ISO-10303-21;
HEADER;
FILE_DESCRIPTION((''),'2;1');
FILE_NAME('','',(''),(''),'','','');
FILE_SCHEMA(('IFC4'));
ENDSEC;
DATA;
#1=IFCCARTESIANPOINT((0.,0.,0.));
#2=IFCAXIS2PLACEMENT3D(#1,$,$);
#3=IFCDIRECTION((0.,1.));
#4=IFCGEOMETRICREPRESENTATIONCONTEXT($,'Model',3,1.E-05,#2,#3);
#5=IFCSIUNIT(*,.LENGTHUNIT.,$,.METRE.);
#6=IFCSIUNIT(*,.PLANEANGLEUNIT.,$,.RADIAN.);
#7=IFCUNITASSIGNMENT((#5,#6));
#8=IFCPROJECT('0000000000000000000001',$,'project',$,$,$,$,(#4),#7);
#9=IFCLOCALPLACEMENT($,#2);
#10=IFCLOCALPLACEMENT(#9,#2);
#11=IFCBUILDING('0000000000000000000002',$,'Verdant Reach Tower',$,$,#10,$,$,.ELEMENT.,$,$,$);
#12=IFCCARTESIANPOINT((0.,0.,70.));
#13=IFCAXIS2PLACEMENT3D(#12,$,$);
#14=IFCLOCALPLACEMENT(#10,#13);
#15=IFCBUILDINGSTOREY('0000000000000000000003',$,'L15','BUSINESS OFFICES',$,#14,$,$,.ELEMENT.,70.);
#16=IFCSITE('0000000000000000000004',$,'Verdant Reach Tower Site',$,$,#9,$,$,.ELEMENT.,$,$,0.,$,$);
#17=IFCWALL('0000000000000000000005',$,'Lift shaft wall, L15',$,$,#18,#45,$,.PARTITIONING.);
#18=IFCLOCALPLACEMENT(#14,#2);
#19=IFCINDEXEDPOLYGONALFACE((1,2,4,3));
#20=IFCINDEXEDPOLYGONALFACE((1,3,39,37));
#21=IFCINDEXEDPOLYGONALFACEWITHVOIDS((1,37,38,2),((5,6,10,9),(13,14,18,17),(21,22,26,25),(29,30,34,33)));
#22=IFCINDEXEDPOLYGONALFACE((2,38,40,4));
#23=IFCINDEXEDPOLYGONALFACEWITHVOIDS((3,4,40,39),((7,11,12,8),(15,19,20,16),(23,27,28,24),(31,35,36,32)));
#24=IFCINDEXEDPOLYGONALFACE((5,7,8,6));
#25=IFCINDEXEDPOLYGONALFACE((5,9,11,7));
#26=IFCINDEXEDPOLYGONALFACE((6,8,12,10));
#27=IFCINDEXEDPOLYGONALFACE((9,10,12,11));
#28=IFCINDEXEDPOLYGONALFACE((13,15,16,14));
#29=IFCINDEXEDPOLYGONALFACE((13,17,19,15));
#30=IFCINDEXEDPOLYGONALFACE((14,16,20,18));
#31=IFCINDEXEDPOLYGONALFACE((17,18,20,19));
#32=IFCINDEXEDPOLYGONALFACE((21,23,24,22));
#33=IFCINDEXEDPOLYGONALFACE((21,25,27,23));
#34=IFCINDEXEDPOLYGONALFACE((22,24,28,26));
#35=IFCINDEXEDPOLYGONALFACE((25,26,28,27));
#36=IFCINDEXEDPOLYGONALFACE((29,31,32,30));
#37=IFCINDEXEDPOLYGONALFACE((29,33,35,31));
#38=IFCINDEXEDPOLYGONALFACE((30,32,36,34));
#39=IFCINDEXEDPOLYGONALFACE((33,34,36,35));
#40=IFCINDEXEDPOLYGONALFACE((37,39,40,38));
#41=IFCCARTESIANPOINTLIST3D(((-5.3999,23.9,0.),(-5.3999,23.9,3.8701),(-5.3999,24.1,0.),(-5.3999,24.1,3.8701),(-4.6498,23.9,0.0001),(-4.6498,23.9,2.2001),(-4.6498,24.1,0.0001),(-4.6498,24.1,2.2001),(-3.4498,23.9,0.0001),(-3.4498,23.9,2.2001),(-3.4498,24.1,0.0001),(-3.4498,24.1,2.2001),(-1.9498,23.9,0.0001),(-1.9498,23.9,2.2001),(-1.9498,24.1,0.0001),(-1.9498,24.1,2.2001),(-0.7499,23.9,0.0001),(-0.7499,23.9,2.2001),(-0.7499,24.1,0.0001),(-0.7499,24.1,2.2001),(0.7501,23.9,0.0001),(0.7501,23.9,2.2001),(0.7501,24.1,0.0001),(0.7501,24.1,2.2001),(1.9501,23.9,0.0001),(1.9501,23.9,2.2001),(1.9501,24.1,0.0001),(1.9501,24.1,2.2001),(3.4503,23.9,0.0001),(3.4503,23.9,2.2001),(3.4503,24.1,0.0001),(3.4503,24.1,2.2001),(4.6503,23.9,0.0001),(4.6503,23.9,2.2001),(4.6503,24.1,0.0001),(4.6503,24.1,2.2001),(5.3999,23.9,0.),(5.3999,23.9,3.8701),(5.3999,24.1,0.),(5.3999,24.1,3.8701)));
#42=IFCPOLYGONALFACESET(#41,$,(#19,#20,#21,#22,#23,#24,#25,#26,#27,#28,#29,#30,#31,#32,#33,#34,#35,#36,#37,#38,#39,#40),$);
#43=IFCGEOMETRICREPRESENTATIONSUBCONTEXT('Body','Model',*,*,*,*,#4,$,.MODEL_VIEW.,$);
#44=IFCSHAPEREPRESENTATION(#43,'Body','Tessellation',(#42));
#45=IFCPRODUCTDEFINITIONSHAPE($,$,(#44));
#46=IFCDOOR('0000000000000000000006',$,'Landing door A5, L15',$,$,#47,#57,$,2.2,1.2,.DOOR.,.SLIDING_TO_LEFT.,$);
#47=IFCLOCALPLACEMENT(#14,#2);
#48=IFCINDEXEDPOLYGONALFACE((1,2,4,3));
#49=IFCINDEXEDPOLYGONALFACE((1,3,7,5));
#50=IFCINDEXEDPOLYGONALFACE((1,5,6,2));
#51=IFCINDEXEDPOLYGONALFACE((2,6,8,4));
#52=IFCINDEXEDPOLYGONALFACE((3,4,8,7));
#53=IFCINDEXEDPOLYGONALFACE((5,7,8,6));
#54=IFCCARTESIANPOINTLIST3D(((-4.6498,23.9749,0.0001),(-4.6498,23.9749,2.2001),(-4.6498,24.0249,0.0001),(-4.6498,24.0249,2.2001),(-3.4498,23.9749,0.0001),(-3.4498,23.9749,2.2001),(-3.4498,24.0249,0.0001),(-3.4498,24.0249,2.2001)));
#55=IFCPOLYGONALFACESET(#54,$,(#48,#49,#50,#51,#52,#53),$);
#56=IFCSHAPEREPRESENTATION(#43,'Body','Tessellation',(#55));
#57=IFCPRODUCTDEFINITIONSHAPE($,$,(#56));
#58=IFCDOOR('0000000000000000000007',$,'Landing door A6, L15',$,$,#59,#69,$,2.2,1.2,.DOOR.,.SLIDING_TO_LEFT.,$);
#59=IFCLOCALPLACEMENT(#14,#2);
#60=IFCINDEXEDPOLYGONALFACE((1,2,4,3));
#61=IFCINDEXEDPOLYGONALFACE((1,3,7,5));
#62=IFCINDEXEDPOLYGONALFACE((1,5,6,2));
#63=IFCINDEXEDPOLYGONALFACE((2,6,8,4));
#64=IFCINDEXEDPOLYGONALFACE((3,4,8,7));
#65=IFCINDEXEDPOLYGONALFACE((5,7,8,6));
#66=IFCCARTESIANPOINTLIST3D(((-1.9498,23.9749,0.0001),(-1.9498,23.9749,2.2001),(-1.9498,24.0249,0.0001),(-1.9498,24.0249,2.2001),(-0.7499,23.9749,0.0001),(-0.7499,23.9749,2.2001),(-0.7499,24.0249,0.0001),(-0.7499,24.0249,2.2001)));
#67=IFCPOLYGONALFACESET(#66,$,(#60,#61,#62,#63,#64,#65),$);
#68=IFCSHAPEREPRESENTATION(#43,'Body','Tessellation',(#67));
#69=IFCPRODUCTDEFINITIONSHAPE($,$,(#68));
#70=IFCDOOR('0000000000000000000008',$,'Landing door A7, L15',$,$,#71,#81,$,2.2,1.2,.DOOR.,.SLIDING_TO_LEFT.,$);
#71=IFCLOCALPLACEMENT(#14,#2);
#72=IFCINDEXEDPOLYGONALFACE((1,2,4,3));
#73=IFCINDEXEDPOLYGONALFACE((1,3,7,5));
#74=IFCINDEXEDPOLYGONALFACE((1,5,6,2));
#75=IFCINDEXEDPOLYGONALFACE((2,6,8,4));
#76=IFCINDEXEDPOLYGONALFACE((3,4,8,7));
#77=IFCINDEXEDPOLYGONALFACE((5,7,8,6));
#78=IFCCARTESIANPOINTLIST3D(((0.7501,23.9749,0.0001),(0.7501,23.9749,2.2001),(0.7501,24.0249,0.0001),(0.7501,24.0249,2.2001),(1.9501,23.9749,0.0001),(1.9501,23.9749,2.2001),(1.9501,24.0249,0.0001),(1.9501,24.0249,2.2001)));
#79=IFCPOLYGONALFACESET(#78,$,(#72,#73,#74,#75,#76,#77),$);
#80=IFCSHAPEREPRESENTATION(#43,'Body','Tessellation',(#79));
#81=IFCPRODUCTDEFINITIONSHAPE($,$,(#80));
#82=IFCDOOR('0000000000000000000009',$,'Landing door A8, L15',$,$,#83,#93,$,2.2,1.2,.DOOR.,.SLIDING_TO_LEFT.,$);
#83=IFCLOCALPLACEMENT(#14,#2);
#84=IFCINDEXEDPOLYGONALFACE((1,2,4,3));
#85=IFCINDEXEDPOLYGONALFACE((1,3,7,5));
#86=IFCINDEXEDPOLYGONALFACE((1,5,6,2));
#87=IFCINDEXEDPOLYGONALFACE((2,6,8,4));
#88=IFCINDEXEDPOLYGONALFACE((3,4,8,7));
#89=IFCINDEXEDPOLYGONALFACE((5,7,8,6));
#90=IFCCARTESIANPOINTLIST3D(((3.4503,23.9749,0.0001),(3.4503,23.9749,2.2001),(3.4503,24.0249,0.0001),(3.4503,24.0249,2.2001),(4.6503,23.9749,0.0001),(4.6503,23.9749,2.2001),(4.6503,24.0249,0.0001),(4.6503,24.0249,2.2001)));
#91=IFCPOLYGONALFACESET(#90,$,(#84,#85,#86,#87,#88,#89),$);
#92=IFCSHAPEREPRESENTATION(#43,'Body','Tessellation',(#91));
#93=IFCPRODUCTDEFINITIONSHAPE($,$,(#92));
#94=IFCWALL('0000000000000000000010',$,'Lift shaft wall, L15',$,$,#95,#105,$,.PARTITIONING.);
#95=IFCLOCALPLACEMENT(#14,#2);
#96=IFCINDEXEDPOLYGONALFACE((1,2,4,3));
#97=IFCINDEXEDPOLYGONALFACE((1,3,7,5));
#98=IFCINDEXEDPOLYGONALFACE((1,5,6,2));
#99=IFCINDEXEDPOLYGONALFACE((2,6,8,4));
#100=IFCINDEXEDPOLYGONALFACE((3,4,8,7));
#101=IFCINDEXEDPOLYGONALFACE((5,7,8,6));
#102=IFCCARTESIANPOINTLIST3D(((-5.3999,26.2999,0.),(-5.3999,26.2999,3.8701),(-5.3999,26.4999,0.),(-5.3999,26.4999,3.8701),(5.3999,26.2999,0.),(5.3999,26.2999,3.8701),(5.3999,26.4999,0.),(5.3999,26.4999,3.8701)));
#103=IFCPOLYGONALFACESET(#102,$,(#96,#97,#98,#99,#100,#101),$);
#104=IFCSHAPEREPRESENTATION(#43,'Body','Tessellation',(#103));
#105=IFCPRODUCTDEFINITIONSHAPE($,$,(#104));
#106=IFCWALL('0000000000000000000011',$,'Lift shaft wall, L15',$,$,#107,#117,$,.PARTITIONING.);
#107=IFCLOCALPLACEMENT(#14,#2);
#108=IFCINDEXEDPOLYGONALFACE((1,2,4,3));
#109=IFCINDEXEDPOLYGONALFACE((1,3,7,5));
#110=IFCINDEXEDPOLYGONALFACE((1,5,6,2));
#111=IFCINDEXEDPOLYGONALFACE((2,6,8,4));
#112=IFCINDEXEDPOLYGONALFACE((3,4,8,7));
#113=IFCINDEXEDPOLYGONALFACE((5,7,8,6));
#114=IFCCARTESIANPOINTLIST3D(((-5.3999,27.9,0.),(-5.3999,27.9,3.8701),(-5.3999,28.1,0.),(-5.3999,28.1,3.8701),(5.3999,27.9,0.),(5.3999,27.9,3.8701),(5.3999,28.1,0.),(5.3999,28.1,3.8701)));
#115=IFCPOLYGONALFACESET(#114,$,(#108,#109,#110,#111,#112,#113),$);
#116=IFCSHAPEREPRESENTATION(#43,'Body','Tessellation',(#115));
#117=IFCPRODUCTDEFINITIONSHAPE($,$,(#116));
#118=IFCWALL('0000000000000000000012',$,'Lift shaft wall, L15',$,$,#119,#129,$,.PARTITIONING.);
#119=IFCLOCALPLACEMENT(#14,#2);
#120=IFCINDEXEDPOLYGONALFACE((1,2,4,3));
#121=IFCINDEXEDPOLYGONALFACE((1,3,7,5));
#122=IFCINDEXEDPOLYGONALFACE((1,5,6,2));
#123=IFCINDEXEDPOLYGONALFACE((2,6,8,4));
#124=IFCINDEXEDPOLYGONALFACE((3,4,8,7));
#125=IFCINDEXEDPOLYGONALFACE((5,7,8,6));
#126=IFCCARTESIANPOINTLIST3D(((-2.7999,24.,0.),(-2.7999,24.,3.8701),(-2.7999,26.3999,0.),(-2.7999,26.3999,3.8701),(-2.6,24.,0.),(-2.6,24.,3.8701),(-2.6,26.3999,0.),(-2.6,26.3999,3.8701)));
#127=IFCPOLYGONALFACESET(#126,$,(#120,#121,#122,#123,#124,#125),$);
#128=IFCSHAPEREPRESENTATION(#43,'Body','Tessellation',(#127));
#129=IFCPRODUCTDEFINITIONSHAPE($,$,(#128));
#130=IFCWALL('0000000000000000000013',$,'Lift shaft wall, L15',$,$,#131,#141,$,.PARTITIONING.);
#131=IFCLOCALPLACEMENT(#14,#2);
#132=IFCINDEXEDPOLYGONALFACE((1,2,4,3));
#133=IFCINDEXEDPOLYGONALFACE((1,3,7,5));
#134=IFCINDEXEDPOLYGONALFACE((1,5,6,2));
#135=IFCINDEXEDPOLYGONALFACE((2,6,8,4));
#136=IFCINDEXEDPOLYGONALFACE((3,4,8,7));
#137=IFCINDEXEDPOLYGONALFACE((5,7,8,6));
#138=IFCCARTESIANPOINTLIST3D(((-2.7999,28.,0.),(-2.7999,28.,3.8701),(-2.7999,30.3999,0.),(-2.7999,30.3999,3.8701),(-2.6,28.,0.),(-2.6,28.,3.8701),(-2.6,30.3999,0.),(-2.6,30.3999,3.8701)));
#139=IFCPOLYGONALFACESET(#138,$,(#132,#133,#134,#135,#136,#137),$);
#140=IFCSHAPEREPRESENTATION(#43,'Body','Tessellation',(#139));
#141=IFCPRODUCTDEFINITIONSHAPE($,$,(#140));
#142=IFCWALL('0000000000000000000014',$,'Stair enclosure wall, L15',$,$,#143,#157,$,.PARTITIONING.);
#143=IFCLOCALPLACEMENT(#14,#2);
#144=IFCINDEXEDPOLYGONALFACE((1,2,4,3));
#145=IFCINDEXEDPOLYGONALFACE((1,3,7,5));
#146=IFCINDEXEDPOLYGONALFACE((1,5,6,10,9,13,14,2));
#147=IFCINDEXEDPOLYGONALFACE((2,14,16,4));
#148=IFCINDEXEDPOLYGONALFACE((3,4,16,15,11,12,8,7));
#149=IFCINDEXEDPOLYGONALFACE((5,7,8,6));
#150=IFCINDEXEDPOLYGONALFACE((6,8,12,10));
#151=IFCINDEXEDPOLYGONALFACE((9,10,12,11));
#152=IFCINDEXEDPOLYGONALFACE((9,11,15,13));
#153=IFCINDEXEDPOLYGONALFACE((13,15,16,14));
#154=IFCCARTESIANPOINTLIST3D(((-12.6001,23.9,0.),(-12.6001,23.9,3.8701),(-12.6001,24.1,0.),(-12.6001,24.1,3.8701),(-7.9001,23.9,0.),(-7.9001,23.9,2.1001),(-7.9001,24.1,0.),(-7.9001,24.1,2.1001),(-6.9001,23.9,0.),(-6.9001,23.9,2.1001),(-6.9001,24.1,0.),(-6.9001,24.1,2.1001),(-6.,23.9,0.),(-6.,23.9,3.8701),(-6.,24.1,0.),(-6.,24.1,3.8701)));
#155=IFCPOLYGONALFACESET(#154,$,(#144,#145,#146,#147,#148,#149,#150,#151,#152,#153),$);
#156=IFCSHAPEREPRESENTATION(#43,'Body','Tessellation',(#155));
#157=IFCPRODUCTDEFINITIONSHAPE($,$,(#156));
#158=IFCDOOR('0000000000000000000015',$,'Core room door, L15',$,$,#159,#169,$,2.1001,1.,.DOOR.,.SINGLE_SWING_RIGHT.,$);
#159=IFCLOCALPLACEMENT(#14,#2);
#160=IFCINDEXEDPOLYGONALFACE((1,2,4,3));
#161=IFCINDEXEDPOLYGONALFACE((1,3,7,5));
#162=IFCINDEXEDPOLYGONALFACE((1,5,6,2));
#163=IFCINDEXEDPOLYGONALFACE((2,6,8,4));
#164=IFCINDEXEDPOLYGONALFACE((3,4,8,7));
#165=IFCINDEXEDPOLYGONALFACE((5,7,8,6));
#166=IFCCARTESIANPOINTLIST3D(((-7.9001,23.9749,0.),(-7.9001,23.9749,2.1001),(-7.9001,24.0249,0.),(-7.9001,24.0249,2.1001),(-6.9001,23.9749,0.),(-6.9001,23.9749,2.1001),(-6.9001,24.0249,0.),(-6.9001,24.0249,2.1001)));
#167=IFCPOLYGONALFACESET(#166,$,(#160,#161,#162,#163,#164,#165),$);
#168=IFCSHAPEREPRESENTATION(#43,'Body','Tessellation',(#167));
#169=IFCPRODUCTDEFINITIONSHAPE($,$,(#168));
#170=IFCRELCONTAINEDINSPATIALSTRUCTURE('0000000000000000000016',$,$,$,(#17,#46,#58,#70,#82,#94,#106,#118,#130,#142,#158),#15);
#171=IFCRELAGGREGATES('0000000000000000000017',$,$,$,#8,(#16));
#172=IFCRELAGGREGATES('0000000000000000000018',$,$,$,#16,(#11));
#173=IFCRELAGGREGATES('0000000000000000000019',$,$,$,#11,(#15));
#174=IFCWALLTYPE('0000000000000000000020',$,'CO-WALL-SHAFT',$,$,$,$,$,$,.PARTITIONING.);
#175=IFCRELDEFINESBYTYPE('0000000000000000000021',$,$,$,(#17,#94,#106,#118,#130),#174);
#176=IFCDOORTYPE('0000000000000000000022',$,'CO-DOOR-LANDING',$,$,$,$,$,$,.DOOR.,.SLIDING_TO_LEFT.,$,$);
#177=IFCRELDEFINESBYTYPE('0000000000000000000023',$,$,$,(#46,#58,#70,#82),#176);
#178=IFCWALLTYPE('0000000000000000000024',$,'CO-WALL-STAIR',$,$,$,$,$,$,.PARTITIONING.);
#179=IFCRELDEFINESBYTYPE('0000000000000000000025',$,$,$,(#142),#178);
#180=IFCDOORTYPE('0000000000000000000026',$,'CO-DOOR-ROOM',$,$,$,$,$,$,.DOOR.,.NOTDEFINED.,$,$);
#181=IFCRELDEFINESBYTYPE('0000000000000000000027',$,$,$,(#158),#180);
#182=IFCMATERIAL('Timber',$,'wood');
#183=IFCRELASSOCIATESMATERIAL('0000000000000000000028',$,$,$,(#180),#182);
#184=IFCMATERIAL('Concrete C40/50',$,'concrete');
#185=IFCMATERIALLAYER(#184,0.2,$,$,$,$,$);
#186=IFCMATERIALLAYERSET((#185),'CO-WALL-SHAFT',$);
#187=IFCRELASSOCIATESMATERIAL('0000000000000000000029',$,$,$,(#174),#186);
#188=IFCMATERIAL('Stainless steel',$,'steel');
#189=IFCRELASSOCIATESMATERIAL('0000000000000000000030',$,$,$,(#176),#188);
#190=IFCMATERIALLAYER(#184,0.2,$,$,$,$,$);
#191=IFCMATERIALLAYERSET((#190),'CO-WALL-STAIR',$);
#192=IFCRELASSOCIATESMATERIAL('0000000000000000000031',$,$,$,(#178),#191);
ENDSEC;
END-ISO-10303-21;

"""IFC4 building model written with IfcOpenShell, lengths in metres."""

from ifc_helpers import new_model, si_unit, direction, frame, frame_2d, origin, place, context, subcontext, project, spatial, rectangle, extrude, material, layer, layer_set, type_object, element, fill, save


model = new_model("IFC4")

# Units and contexts
model_context = context("Model", 3, precision=1e-05, world=origin(), true_north=direction((0.0, 1.0)))
body_context = subcontext(model_context, "Body", "Model", "MODEL_VIEW")
ifc_project = project(units=[si_unit("LENGTHUNIT", "METRE"), si_unit("PLANEANGLEUNIT", "RADIAN")], contexts=[model_context])

# Site, building, storey
site_placement = place(None, origin())
site = spatial("IfcSite", under=ifc_project, at=site_placement, Name="Verdant Reach Tower Site", CompositionType="ELEMENT", RefElevation=0.0)
building_placement = place(site_placement, origin())
building = spatial("IfcBuilding", under=site, at=building_placement, Name="Verdant Reach Tower", CompositionType="ELEMENT")
storey_placement = place(building_placement, frame((0.0, 0.0, 70.0)))
storey = spatial("IfcBuildingStorey", under=building, at=storey_placement, Name="L15", Description="BUSINESS OFFICES", CompositionType="ELEMENT", Elevation=70.0)

# Wall, openings, doors
ifc_material_1 = material(Name="Timber", Category="wood")
door_type_1 = type_object("IfcDoorType", Name="CO-DOOR-ROOM", OperationType="NOTDEFINED", PredefinedType="DOOR", material=ifc_material_1)
ifc_material_2 = material(Name="Concrete C40/50", Category="concrete")
ifc_layer_1 = layer(ifc_material_2, 0.2)
ifc_layer_set_1 = layer_set([ifc_layer_1], Name="CO-WALL-SHAFT")
wall_type_1 = type_object("IfcWallType", Name="CO-WALL-SHAFT", PredefinedType="PARTITIONING", material=ifc_layer_set_1)
ifc_material_3 = material(Name="Stainless steel", Category="steel")
door_type_2 = type_object("IfcDoorType", Name="CO-DOOR-LANDING", OperationType="SLIDING_TO_LEFT", PredefinedType="DOOR", material=ifc_material_3)
wall_1_placement = place(storey_placement, frame((-5.3999, 24.0, 0.0), z_axis=(0.0, 0.0, 1.0), x_axis=(1.0, 0.0, 0.0)))
wall_1 = element("IfcWall", 1, at=wall_1_placement, inside=storey, type_object=wall_type_1, Name="Lift shaft wall, L15", PredefinedType="PARTITIONING", context=body_context, shape_type="SweptSolid", body=[
    extrude(rectangle(XDim=10.7998, YDim=0.2, at=frame_2d((5.3999, 0.0))), origin(), (0.0, 0.0, 1.0), 3.8701),
])
opening_1_placement = place(wall_1_placement, frame((0.75, 0.0, 0.0)))
opening_1 = element("IfcOpeningElement", 2, at=opening_1_placement, cuts=wall_1, PredefinedType="OPENING", context=body_context, shape_type="SweptSolid", body=[
    extrude(rectangle(XDim=1.2, YDim=2.2, at=frame_2d((0.6001, 1.1001))), frame((0.0, 0.1099, 0.0), z_axis=(0.0, -1.0, 0.0), x_axis=(1.0, 0.0, 0.0)), (0.0, 0.0, 1.0), 0.22),
])
opening_2_placement = place(wall_1_placement, frame((3.45, 0.0, 0.0)))
opening_2 = element("IfcOpeningElement", 3, at=opening_2_placement, cuts=wall_1, PredefinedType="OPENING", context=body_context, shape_type="SweptSolid", body=[
    extrude(rectangle(XDim=1.2, YDim=2.2, at=frame_2d((0.6001, 1.1001))), frame((0.0, 0.1099, 0.0), z_axis=(0.0, -1.0, 0.0), x_axis=(1.0, 0.0, 0.0)), (0.0, 0.0, 1.0), 0.22),
])
opening_3_placement = place(wall_1_placement, frame((6.1499, 0.0, 0.0)))
opening_3 = element("IfcOpeningElement", 4, at=opening_3_placement, cuts=wall_1, PredefinedType="OPENING", context=body_context, shape_type="SweptSolid", body=[
    extrude(rectangle(XDim=1.2, YDim=2.2, at=frame_2d((0.6001, 1.1001))), frame((0.0, 0.1099, 0.0), z_axis=(0.0, -1.0, 0.0), x_axis=(1.0, 0.0, 0.0)), (0.0, 0.0, 1.0), 0.22),
])
opening_4_placement = place(wall_1_placement, frame((8.8501, 0.0, 0.0)))
opening_4 = element("IfcOpeningElement", 5, at=opening_4_placement, cuts=wall_1, PredefinedType="OPENING", context=body_context, shape_type="SweptSolid", body=[
    extrude(rectangle(XDim=1.2, YDim=2.2, at=frame_2d((0.6001, 1.1001))), frame((0.0, 0.1099, 0.0), z_axis=(0.0, -1.0, 0.0), x_axis=(1.0, 0.0, 0.0)), (0.0, 0.0, 1.0), 0.22),
])
door_1_placement = place(opening_1_placement, origin())
door_1 = element("IfcDoor", 6, at=door_1_placement, inside=storey, type_object=door_type_2, Name="Landing door A5, L15", OperationType="SLIDING_TO_LEFT", OverallHeight=2.2, OverallWidth=1.2, PredefinedType="DOOR", context=body_context, shape_type="SweptSolid", body=[
    extrude(rectangle(XDim=1.2, YDim=2.2, at=frame_2d((0.6001, 1.1001))), frame((0.0, 0.0249, 0.0), z_axis=(0.0, -1.0, 0.0), x_axis=(1.0, 0.0, 0.0)), (0.0, 0.0, 1.0), 0.05),
])
fill(opening_1, door_1)
door_2_placement = place(opening_2_placement, origin())
door_2 = element("IfcDoor", 7, at=door_2_placement, inside=storey, type_object=door_type_2, Name="Landing door A6, L15", OperationType="SLIDING_TO_LEFT", OverallHeight=2.2, OverallWidth=1.2, PredefinedType="DOOR", context=body_context, shape_type="SweptSolid", body=[
    extrude(rectangle(XDim=1.2, YDim=2.2, at=frame_2d((0.6001, 1.1001))), frame((0.0, 0.0249, 0.0), z_axis=(0.0, -1.0, 0.0), x_axis=(1.0, 0.0, 0.0)), (0.0, 0.0, 1.0), 0.05),
])
fill(opening_2, door_2)
door_3_placement = place(opening_3_placement, origin())
door_3 = element("IfcDoor", 8, at=door_3_placement, inside=storey, type_object=door_type_2, Name="Landing door A7, L15", OperationType="SLIDING_TO_LEFT", OverallHeight=2.2, OverallWidth=1.2, PredefinedType="DOOR", context=body_context, shape_type="SweptSolid", body=[
    extrude(rectangle(XDim=1.2, YDim=2.2, at=frame_2d((0.6001, 1.1001))), frame((0.0, 0.0249, 0.0), z_axis=(0.0, -1.0, 0.0), x_axis=(1.0, 0.0, 0.0)), (0.0, 0.0, 1.0), 0.05),
])
fill(opening_3, door_3)
door_4_placement = place(opening_4_placement, origin())
door_4 = element("IfcDoor", 9, at=door_4_placement, inside=storey, type_object=door_type_2, Name="Landing door A8, L15", OperationType="SLIDING_TO_LEFT", OverallHeight=2.2, OverallWidth=1.2, PredefinedType="DOOR", context=body_context, shape_type="SweptSolid", body=[
    extrude(rectangle(XDim=1.2, YDim=2.2, at=frame_2d((0.6001, 1.1001))), frame((0.0, 0.0249, 0.0), z_axis=(0.0, -1.0, 0.0), x_axis=(1.0, 0.0, 0.0)), (0.0, 0.0, 1.0), 0.05),
])
fill(opening_4, door_4)

# Walls
for number, where, z_axis, x_axis, name in (
    (10, (-5.3999, 26.3999, 0.0), (0.0, 0.0, 1.0), (1.0, 0.0, 0.0), "Lift shaft wall, L15"),
    (11, (-5.3999, 28.0, 0.0), (0.0, 0.0, 1.0), (1.0, 0.0, 0.0), "Lift shaft wall, L15"),
):
    element("IfcWall", number, at=place(storey_placement, frame(where, z_axis=z_axis, x_axis=x_axis)), inside=storey, type_object=wall_type_1, Name=name, PredefinedType="PARTITIONING", context=body_context, shape_type="SweptSolid", body=[
        extrude(rectangle(XDim=10.7998, YDim=0.2, at=frame_2d((5.3999, 0.0))), origin(), (0.0, 0.0, 1.0), 3.8701),
    ])
for number, where, z_axis, x_axis, name in (
    (12, (-2.7, 24.0, 0.0), (0.0, 0.0, 1.0), (0.0, 1.0, 0.0), "Lift shaft wall, L15"),
    (13, (-2.7, 28.0, 0.0), (0.0, 0.0, 1.0), (0.0, 1.0, 0.0), "Lift shaft wall, L15"),
):
    element("IfcWall", number, at=place(storey_placement, frame(where, z_axis=z_axis, x_axis=x_axis)), inside=storey, type_object=wall_type_1, Name=name, PredefinedType="PARTITIONING", context=body_context, shape_type="SweptSolid", body=[
        extrude(rectangle(XDim=2.3999, YDim=0.2, at=frame_2d((1.2, 0.0))), origin(), (0.0, 0.0, 1.0), 3.8701),
    ])

# Wall, opening, door
ifc_layer_2 = layer(ifc_material_2, 0.2)
ifc_layer_set_2 = layer_set([ifc_layer_2], Name="CO-WALL-STAIR")
wall_type_2 = type_object("IfcWallType", Name="CO-WALL-STAIR", PredefinedType="PARTITIONING", material=ifc_layer_set_2)
wall_2_placement = place(storey_placement, frame((-12.6001, 24.0, 0.0), z_axis=(0.0, 0.0, 1.0), x_axis=(1.0, 0.0, 0.0)))
wall_2 = element("IfcWall", 14, at=wall_2_placement, inside=storey, type_object=wall_type_2, Name="Stair enclosure wall, L15", PredefinedType="PARTITIONING", context=body_context, shape_type="SweptSolid", body=[
    extrude(rectangle(XDim=6.6001, YDim=0.2, at=frame_2d((3.3, 0.0))), origin(), (0.0, 0.0, 1.0), 3.8701),
])
opening_5_placement = place(wall_2_placement, frame((4.7, 0.0, 0.0)))
opening_5 = element("IfcOpeningElement", 15, at=opening_5_placement, cuts=wall_2, PredefinedType="OPENING", context=body_context, shape_type="SweptSolid", body=[
    extrude(rectangle(XDim=1.0, YDim=2.1001, at=frame_2d((0.5, 1.05))), frame((0.0, 0.1099, 0.0), z_axis=(0.0, -1.0, 0.0), x_axis=(1.0, 0.0, 0.0)), (0.0, 0.0, 1.0), 0.22),
])
door_5_placement = place(opening_5_placement, origin())
door_5 = element("IfcDoor", 16, at=door_5_placement, inside=storey, type_object=door_type_1, Name="Core room door, L15", OperationType="SINGLE_SWING_RIGHT", OverallHeight=2.1001, OverallWidth=1.0, PredefinedType="DOOR", context=body_context, shape_type="SweptSolid", body=[
    extrude(rectangle(XDim=1.0, YDim=2.1001, at=frame_2d((0.5, 1.05))), frame((0.0, 0.0249, 0.0), z_axis=(0.0, -1.0, 0.0), x_axis=(1.0, 0.0, 0.0)), (0.0, 0.0, 1.0), 0.05),
])
fill(opening_5, door_5)

save(model, "model.ifc")
